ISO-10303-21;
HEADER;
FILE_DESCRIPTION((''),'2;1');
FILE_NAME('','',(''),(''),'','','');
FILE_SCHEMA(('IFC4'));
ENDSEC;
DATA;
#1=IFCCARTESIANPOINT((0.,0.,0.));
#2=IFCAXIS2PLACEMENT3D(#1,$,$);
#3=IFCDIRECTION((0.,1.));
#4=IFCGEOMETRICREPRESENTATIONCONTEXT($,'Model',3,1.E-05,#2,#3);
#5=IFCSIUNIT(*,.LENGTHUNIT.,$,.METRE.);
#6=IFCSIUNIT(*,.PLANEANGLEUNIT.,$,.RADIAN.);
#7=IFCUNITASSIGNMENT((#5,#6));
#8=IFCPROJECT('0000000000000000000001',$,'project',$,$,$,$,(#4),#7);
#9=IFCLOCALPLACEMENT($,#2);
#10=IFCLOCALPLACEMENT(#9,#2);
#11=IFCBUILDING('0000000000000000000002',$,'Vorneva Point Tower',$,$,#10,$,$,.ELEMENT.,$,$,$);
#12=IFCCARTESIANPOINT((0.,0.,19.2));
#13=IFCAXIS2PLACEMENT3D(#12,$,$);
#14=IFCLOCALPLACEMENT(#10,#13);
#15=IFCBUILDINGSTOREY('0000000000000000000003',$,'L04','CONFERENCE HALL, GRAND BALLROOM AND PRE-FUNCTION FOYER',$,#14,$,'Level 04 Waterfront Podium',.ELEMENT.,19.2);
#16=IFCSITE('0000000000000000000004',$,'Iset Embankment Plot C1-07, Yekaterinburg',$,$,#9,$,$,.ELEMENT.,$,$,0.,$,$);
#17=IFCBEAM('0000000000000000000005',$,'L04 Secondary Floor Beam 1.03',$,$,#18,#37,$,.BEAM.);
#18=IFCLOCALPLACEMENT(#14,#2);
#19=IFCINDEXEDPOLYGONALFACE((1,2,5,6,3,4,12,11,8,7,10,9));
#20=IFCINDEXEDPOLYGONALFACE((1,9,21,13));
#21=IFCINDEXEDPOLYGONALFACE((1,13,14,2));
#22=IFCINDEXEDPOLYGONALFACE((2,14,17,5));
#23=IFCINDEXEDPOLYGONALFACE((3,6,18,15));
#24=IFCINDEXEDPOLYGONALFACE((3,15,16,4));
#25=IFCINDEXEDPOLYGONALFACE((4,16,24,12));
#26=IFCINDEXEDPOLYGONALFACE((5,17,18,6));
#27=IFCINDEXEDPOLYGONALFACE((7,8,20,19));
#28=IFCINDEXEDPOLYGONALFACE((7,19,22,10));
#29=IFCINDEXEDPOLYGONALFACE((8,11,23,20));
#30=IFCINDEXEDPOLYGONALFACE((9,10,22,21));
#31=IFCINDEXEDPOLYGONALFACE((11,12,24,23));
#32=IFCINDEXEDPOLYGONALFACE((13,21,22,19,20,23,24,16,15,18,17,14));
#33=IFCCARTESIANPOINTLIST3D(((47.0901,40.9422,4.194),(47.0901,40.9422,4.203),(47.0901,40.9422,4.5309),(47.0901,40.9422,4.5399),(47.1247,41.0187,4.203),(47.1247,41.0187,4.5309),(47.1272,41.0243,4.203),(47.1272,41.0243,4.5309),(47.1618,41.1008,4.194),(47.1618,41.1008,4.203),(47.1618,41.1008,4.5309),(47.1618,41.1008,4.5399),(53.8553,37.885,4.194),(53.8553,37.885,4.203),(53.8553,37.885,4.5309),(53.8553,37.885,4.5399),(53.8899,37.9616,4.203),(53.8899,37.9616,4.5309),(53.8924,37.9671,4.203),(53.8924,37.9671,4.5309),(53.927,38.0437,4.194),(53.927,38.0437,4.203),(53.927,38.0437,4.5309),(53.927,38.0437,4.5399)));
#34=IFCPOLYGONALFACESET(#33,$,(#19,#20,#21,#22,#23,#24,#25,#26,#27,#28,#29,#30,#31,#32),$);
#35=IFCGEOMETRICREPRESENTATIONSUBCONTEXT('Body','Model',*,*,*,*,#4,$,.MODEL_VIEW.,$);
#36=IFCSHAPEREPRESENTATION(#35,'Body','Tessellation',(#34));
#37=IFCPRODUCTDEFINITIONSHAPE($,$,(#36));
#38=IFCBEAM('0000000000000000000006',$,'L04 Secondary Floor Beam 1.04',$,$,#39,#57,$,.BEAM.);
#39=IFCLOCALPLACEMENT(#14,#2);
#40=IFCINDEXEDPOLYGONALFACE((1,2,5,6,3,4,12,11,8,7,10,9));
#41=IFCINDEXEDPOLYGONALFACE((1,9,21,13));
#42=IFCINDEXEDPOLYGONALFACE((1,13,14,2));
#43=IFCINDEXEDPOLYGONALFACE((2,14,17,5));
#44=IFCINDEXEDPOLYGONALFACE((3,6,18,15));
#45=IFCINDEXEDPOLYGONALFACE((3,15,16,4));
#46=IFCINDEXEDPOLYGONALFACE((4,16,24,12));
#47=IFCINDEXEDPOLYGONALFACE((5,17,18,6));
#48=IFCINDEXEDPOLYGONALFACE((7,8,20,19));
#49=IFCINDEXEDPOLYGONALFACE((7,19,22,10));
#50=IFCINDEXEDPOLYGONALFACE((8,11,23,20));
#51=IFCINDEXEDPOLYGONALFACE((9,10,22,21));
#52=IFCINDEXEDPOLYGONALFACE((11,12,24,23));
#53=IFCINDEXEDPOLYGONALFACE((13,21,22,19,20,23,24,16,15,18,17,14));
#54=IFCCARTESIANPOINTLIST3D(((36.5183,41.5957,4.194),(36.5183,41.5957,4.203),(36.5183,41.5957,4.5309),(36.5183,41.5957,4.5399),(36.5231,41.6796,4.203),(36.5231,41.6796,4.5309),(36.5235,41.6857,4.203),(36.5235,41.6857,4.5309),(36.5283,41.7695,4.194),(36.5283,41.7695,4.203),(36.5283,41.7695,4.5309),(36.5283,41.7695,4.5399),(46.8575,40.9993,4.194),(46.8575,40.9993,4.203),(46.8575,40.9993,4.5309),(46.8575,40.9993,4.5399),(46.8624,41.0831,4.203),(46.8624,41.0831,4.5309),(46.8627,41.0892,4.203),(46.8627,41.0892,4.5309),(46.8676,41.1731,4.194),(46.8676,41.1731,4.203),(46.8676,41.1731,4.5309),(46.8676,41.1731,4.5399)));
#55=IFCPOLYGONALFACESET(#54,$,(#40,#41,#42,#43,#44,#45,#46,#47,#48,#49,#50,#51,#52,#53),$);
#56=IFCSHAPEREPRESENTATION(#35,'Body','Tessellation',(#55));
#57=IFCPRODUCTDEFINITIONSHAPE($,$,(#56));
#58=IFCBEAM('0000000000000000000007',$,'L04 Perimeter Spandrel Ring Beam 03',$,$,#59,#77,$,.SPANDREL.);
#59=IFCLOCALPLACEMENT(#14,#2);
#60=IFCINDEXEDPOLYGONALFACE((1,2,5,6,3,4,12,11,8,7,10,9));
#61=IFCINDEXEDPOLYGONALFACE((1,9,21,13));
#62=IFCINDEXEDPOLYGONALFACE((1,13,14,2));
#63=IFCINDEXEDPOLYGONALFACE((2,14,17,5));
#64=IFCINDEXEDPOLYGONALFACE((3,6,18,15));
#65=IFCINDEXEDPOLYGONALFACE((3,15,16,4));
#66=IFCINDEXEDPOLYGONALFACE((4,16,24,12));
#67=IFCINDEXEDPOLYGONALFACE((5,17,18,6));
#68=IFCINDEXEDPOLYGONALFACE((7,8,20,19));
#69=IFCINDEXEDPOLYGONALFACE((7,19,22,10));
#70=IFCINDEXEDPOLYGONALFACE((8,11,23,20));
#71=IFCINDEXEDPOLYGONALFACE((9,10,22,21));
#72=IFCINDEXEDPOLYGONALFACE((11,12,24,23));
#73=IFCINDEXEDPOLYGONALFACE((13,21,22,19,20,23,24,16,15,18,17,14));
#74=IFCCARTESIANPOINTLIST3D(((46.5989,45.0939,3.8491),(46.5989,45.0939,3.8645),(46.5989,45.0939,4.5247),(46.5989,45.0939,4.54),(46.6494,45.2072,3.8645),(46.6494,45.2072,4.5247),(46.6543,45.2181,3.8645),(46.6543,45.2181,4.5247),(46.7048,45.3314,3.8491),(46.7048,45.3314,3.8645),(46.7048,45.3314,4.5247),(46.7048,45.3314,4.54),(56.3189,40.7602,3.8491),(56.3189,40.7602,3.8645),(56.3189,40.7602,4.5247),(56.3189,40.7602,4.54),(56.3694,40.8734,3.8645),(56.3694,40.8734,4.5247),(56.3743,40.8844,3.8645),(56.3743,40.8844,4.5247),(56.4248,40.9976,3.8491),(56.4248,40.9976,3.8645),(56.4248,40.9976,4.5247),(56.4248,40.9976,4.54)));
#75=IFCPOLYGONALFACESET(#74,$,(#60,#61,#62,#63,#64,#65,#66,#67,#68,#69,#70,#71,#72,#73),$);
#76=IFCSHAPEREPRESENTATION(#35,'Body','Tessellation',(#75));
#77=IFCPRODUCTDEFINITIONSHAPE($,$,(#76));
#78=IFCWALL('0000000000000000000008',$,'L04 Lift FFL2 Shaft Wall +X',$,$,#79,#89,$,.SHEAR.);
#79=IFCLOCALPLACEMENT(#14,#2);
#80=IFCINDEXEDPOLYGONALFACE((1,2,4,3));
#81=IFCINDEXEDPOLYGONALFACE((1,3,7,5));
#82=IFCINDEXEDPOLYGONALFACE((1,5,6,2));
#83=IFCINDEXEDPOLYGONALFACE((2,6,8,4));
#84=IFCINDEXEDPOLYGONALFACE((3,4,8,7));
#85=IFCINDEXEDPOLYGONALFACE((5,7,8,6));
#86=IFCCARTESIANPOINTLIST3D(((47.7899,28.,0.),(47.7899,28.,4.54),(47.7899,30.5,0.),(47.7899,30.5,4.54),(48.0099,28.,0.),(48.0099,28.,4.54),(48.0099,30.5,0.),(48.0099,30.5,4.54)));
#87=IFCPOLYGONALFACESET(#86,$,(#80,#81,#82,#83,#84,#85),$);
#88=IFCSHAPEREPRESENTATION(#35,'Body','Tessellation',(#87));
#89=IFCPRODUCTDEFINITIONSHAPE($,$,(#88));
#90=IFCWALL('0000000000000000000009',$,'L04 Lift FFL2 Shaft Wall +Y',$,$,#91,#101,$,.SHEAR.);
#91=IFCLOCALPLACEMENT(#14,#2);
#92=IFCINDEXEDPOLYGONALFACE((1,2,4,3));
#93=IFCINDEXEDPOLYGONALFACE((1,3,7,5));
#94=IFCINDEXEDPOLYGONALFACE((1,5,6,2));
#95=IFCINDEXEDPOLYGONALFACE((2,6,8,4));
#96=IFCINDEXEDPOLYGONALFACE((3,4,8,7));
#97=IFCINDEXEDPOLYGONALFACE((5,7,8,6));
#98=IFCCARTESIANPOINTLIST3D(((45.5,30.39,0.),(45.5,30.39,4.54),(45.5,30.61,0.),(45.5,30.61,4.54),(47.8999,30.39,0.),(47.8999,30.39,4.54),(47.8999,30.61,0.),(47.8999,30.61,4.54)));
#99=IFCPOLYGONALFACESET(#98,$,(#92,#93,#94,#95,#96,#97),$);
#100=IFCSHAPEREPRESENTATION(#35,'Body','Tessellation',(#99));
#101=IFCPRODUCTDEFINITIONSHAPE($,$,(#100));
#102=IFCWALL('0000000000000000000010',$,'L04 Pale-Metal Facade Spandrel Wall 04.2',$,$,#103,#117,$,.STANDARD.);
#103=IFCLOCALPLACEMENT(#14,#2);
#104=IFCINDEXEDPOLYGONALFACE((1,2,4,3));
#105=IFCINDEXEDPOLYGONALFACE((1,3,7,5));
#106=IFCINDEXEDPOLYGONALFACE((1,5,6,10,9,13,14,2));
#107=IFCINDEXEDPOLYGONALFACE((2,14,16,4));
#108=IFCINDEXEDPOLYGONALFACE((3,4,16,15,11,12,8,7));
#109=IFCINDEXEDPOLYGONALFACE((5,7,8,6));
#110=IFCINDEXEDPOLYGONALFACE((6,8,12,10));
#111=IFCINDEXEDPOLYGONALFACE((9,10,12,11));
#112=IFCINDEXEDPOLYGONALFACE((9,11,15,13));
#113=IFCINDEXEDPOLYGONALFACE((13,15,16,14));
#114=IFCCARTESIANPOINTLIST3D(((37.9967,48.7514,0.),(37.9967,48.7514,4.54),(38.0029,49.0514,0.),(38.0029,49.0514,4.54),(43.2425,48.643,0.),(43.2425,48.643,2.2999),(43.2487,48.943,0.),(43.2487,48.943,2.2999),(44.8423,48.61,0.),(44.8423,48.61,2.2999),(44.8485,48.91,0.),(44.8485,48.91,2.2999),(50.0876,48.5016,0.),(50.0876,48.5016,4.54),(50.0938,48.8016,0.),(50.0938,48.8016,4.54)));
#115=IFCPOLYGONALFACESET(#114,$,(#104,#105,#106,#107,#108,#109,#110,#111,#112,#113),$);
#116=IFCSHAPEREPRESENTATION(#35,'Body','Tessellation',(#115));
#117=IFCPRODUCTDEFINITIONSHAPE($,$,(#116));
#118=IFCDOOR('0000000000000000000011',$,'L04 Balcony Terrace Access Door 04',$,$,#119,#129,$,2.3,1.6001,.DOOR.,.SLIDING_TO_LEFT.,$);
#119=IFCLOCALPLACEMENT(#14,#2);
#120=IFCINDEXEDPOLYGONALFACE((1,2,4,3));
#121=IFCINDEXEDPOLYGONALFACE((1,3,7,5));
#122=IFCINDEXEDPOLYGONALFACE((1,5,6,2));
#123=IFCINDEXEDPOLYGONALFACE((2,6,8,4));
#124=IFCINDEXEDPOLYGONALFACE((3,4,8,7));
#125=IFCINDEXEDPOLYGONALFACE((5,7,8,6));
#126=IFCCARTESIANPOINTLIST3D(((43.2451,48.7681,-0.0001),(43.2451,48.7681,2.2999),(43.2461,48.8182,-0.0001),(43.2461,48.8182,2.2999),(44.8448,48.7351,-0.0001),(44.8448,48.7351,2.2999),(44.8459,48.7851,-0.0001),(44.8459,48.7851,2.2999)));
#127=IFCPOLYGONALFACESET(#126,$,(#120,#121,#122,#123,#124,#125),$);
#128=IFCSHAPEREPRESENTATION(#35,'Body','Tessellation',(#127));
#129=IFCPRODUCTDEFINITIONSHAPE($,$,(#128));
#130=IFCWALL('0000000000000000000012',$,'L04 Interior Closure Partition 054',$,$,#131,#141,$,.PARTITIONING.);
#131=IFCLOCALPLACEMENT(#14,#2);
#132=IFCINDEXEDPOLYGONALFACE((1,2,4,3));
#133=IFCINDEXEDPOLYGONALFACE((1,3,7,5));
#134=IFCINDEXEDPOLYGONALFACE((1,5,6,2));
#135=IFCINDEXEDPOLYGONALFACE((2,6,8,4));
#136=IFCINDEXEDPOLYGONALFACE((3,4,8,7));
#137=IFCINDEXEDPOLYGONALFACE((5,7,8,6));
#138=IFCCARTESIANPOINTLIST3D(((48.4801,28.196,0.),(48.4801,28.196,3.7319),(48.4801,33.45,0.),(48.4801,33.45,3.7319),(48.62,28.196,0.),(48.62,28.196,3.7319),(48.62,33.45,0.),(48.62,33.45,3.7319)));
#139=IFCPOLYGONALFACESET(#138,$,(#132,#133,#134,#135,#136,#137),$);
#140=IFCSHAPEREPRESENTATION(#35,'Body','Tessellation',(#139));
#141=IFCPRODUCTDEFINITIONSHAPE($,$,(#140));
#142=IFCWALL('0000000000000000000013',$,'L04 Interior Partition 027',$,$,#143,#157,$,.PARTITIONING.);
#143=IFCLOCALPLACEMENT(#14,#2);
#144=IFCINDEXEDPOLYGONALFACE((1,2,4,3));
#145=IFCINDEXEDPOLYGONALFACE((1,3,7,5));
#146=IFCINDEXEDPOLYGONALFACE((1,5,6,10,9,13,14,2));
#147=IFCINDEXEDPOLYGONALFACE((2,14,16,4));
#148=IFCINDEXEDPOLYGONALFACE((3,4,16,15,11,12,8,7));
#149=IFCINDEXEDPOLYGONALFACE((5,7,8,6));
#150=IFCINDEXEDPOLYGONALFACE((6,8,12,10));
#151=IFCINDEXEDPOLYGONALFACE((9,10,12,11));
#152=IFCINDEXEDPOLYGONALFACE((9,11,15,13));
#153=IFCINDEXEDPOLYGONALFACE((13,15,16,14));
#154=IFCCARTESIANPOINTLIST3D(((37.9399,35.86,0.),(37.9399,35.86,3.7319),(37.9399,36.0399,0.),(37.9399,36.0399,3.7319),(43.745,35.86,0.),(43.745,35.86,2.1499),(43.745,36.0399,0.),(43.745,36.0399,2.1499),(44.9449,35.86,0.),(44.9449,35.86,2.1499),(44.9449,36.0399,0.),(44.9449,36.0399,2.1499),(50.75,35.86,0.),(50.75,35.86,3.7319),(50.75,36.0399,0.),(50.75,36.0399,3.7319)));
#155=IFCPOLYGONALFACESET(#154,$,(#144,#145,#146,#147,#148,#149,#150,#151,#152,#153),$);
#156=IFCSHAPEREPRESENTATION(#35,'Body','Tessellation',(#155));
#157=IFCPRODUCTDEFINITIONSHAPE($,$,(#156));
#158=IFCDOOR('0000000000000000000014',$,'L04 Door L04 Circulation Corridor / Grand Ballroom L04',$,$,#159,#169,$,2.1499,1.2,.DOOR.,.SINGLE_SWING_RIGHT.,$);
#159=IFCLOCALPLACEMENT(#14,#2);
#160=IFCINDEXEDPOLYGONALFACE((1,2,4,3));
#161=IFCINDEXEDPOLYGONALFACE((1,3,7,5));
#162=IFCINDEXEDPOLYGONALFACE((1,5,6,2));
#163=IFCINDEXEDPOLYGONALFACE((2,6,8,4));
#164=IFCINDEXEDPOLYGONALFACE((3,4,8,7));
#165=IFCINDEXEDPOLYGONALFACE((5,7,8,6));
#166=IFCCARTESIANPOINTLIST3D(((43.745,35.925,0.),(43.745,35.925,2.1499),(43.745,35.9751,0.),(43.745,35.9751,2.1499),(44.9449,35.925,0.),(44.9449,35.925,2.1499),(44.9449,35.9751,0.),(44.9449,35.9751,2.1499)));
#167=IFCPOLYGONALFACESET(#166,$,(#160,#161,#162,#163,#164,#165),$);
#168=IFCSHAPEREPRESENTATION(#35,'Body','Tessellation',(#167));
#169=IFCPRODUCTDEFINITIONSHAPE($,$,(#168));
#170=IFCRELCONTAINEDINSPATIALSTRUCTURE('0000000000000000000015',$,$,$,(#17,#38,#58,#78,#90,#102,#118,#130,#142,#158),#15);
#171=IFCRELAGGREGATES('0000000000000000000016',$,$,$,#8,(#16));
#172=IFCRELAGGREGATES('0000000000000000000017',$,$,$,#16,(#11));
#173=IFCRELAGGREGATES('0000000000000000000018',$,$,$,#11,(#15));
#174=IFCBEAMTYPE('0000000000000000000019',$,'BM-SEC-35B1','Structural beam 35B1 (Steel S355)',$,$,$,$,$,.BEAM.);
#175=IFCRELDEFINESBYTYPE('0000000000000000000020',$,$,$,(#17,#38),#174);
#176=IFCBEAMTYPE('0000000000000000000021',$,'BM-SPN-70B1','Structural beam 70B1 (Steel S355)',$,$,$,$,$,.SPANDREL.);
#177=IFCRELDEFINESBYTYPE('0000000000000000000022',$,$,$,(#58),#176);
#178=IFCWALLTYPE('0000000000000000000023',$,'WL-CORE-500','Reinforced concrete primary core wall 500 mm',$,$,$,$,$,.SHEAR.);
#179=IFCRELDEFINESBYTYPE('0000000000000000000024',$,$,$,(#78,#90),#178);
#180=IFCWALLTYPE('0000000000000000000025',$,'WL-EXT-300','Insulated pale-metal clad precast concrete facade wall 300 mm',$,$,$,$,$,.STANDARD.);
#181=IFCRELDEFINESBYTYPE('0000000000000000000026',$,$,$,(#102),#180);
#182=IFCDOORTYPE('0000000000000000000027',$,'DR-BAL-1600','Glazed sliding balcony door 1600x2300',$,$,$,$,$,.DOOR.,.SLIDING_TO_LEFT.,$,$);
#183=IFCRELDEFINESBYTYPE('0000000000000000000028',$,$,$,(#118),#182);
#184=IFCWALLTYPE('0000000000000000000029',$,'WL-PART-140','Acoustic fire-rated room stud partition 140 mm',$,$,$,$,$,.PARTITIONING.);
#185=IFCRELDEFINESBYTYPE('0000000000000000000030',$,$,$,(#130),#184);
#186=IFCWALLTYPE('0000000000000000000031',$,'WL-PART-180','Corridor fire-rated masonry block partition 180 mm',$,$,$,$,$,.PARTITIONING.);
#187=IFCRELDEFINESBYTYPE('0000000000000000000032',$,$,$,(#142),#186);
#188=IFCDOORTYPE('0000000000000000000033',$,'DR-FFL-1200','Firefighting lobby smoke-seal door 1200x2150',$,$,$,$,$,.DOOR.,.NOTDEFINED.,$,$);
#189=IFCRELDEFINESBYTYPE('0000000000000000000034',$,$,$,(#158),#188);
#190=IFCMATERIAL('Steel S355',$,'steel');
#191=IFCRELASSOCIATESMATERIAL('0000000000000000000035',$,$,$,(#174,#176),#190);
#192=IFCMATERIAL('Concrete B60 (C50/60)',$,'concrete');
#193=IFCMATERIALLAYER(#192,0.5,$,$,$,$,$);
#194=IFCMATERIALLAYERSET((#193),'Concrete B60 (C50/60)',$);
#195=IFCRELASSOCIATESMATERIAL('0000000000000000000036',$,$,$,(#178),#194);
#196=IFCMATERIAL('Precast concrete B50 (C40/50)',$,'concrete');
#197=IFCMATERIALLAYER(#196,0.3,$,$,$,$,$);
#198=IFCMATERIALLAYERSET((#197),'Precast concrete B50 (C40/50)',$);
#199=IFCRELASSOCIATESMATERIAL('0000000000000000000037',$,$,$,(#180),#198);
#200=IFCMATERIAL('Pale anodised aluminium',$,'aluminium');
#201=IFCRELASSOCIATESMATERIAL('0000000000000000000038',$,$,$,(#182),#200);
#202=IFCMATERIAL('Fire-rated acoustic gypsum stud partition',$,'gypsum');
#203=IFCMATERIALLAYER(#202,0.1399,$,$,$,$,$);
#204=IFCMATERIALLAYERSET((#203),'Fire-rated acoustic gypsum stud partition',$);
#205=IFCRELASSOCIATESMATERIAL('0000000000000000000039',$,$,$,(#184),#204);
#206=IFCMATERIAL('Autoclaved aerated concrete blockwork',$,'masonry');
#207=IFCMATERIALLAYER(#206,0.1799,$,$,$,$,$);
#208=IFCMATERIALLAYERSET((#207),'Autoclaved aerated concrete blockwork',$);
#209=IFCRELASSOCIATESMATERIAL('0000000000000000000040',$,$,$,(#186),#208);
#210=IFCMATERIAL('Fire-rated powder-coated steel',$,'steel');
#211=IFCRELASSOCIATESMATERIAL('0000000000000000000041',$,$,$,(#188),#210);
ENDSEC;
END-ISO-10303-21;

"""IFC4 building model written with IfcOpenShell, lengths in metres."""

from ifc_helpers import new_model, si_unit, direction, frame, frame_2d, origin, origin_2d, place, context, subcontext, project, spatial, rectangle, i_section, extrude, material, layer, layer_set, material_profile, profile_set, type_object, element, fill, save


model = new_model("IFC4")

# Units and contexts
model_context = context("Model", 3, precision=1e-05, world=origin(), true_north=direction((0.0, 1.0)))
body_context = subcontext(model_context, "Body", "Model", "MODEL_VIEW")
ifc_project = project(units=[si_unit("LENGTHUNIT", "METRE"), si_unit("PLANEANGLEUNIT", "RADIAN")], contexts=[model_context])

# Site, building, storey
site_placement = place(None, origin())
site = spatial("IfcSite", under=ifc_project, at=site_placement, Name="Iset Embankment Plot C1-07, Yekaterinburg", CompositionType="ELEMENT", RefElevation=0.0)
building_placement = place(site_placement, origin())
building = spatial("IfcBuilding", under=site, at=building_placement, Name="Vorneva Point Tower", CompositionType="ELEMENT")
storey_placement = place(building_placement, frame((0.0, 0.0, 19.2)))
storey = spatial("IfcBuildingStorey", under=building, at=storey_placement, Name="L04", Description="CONFERENCE HALL, GRAND BALLROOM AND PRE-FUNCTION FOYER", LongName="Level 04 Waterfront Podium", CompositionType="ELEMENT", Elevation=19.2)

# Shared definitions
ifc_material_1 = material(Name="Concrete B60 (C50/60)", Category="concrete")

# Beams
ifc_material_2 = material(Name="Steel S355", Category="steel")
ifc_material_profile_1 = material_profile(ifc_material_2, i_section(OverallWidth=0.1741, OverallDepth=0.3459, WebThickness=0.0061, FlangeThickness=0.009, at=origin_2d()), Name="35B1")
ifc_profile_set_1 = profile_set([ifc_material_profile_1], Name="Steel S355")
beam_type_1 = type_object("IfcBeamType", Name="BM-SEC-35B1", Description="Structural beam 35B1 (Steel S355)", PredefinedType="BEAM", material=ifc_profile_set_1)
beam_1_placement = place(storey_placement, frame((53.8911, 37.9644, 4.3669), z_axis=(-0.911274, 0.4118, 0.0), x_axis=(-0.4118, -0.911274, 0.0)))
element("IfcBeam", 1, at=beam_1_placement, inside=storey, type_object=beam_type_1, Name="L04 Secondary Floor Beam 1.03", PredefinedType="BEAM", context=body_context, shape_type="SweptSolid", body=[
    extrude(i_section(OverallWidth=0.1741, OverallDepth=0.3459, WebThickness=0.0061, FlangeThickness=0.009, at=origin_2d()), origin(), (0.0, 0.0, 1.0), 7.4238),
])
beam_2_placement = place(storey_placement, frame((46.8625, 41.0862, 4.3669), z_axis=(-0.99834, 0.05759, 0.0), x_axis=(-0.05759, -0.99834, 0.0)))
element("IfcBeam", 2, at=beam_2_placement, inside=storey, type_object=beam_type_1, Name="L04 Secondary Floor Beam 1.04", PredefinedType="BEAM", context=body_context, shape_type="SweptSolid", body=[
    extrude(i_section(OverallWidth=0.1741, OverallDepth=0.3459, WebThickness=0.0061, FlangeThickness=0.009, at=origin_2d()), origin(), (0.0, 0.0, 1.0), 10.3564),
])
ifc_material_profile_2 = material_profile(ifc_material_2, i_section(OverallWidth=0.26, OverallDepth=0.6909, WebThickness=0.012, FlangeThickness=0.0154, at=origin_2d()), Name="70B1")
ifc_profile_set_2 = profile_set([ifc_material_profile_2], Name="Steel S355")
beam_type_2 = type_object("IfcBeamType", Name="BM-SPN-70B1", Description="Structural beam 70B1 (Steel S355)", PredefinedType="SPANDREL", material=ifc_profile_set_2)
beam_3_placement = place(storey_placement, frame((56.3718, 40.8789, 4.1946), z_axis=(-0.913331, 0.407217, 0.0), x_axis=(-0.407217, -0.913331, 0.0)))
element("IfcBeam", 3, at=beam_3_placement, inside=storey, type_object=beam_type_2, Name="L04 Perimeter Spandrel Ring Beam 03", PredefinedType="SPANDREL", context=body_context, shape_type="SweptSolid", body=[
    extrude(i_section(OverallWidth=0.26, OverallDepth=0.6909, WebThickness=0.012, FlangeThickness=0.0154, at=origin_2d()), origin(), (0.0, 0.0, 1.0), 10.6423),
])

# Walls
ifc_layer_1 = layer(ifc_material_1, 0.5)
ifc_layer_set_1 = layer_set([ifc_layer_1], Name="Concrete B60 (C50/60)")
wall_type_1 = type_object("IfcWallType", Name="WL-CORE-500", Description="Reinforced concrete primary core wall 500 mm", PredefinedType="SHEAR", material=ifc_layer_set_1)
wall_1_placement = place(storey_placement, frame((47.8999, 28.0, 0.0), z_axis=(0.0, 0.0, 1.0), x_axis=(0.0, 1.0, 0.0)))
element("IfcWall", 4, at=wall_1_placement, inside=storey, type_object=wall_type_1, Name="L04 Lift FFL2 Shaft Wall +X", PredefinedType="SHEAR", context=body_context, shape_type="SweptSolid", body=[
    extrude(rectangle(XDim=2.5, YDim=0.22, at=frame_2d((1.25, 0.0))), origin(), (0.0, 0.0, 1.0), 4.54),
])
wall_2_placement = place(storey_placement, frame((47.8999, 30.5, 0.0), z_axis=(0.0, 0.0, 1.0), x_axis=(-1.0, 0.0, 0.0)))
element("IfcWall", 5, at=wall_2_placement, inside=storey, type_object=wall_type_1, Name="L04 Lift FFL2 Shaft Wall +Y", PredefinedType="SHEAR", context=body_context, shape_type="SweptSolid", body=[
    extrude(rectangle(XDim=2.3999, YDim=0.22, at=frame_2d((1.2, 0.0))), origin(), (0.0, 0.0, 1.0), 4.54),
])

# Wall, opening, door
ifc_material_3 = material(Name="Precast concrete B50 (C40/50)", Category="concrete")
ifc_layer_2 = layer(ifc_material_3, 0.3)
ifc_layer_set_2 = layer_set([ifc_layer_2], Name="Precast concrete B50 (C40/50)")
wall_type_2 = type_object("IfcWallType", Name="WL-EXT-300", Description="Insulated pale-metal clad precast concrete facade wall 300 mm", PredefinedType="STANDARD", material=ifc_layer_set_2)
wall_3_placement = place(storey_placement, frame((50.0908, 48.6516, 0.0), z_axis=(0.0, 0.0, 1.0), x_axis=(-0.999787, 0.020652, 0.0)))
wall_3 = element("IfcWall", 6, at=wall_3_placement, inside=storey, type_object=wall_type_2, Name="L04 Pale-Metal Facade Spandrel Wall 04.2", PredefinedType="STANDARD", context=body_context, shape_type="SweptSolid", body=[
    extrude(rectangle(XDim=12.0935, YDim=0.3, at=frame_2d((6.0469, 0.0))), origin(), (0.0, 0.0, 1.0), 4.54),
])
opening_1_placement = place(wall_3_placement, frame((5.2466, 0.0, 0.0)))
opening_1 = element("IfcOpeningElement", 7, at=opening_1_placement, cuts=wall_3, PredefinedType="OPENING", context=body_context, shape_type="SweptSolid", body=[
    extrude(rectangle(XDim=1.6001, YDim=2.3, at=frame_2d((0.8, 1.1499))), frame((0.0, 0.165, 0.0), z_axis=(0.0, -1.0, 0.0), x_axis=(1.0, 0.0, 0.0)), (0.0, 0.0, 1.0), 0.3298),
])
ifc_material_4 = material(Name="Pale anodised aluminium", Category="aluminium")
door_type_1 = type_object("IfcDoorType", Name="DR-BAL-1600", Description="Glazed sliding balcony door 1600x2300", OperationType="SLIDING_TO_LEFT", PredefinedType="DOOR", material=ifc_material_4)
door_1_placement = place(opening_1_placement, origin())
door_1 = element("IfcDoor", 8, at=door_1_placement, inside=storey, type_object=door_type_1, Name="L04 Balcony Terrace Access Door 04", OperationType="SLIDING_TO_LEFT", OverallHeight=2.3, OverallWidth=1.6001, PredefinedType="DOOR", context=body_context, shape_type="SweptSolid", body=[
    extrude(rectangle(XDim=1.6001, YDim=2.3, at=frame_2d((0.8, 1.1499))), frame((0.0, 0.0249, 0.0), z_axis=(0.0, -1.0, 0.0), x_axis=(1.0, 0.0, 0.0)), (0.0, 0.0, 1.0), 0.05),
])
fill(opening_1, door_1)

# Wall
ifc_material_5 = material(Name="Fire-rated acoustic gypsum stud partition", Category="gypsum")
ifc_layer_3 = layer(ifc_material_5, 0.1399)
ifc_layer_set_3 = layer_set([ifc_layer_3], Name="Fire-rated acoustic gypsum stud partition")
wall_type_3 = type_object("IfcWallType", Name="WL-PART-140", Description="Acoustic fire-rated room stud partition 140 mm", PredefinedType="PARTITIONING", material=ifc_layer_set_3)
wall_4_placement = place(storey_placement, frame((48.55, 33.45, 0.0), z_axis=(0.0, 0.0, 1.0), x_axis=(0.0, -1.0, 0.0)))
element("IfcWall", 9, at=wall_4_placement, inside=storey, type_object=wall_type_3, Name="L04 Interior Closure Partition 054", PredefinedType="PARTITIONING", context=body_context, shape_type="SweptSolid", body=[
    extrude(rectangle(XDim=5.2539, YDim=0.1399, at=frame_2d((2.627, 0.0))), origin(), (0.0, 0.0, 1.0), 3.7319),
])

# Wall, opening, door
ifc_material_6 = material(Name="Autoclaved aerated concrete blockwork", Category="masonry")
ifc_layer_4 = layer(ifc_material_6, 0.1799)
ifc_layer_set_4 = layer_set([ifc_layer_4], Name="Autoclaved aerated concrete blockwork")
wall_type_4 = type_object("IfcWallType", Name="WL-PART-180", Description="Corridor fire-rated masonry block partition 180 mm", PredefinedType="PARTITIONING", material=ifc_layer_set_4)
wall_5_placement = place(storey_placement, frame((50.75, 35.95, 0.0), z_axis=(0.0, 0.0, 1.0), x_axis=(-1.0, 0.0, 0.0)))
wall_5 = element("IfcWall", 10, at=wall_5_placement, inside=storey, type_object=wall_type_4, Name="L04 Interior Partition 027", PredefinedType="PARTITIONING", context=body_context, shape_type="SweptSolid", body=[
    extrude(rectangle(XDim=12.8101, YDim=0.1799, at=frame_2d((6.405, 0.0))), origin(), (0.0, 0.0, 1.0), 3.7319),
])
opening_2_placement = place(wall_5_placement, frame((5.8049, 0.0, 0.0)))
opening_2 = element("IfcOpeningElement", 11, at=opening_2_placement, cuts=wall_5, PredefinedType="OPENING", context=body_context, shape_type="SweptSolid", body=[
    extrude(rectangle(XDim=1.2, YDim=2.1499, at=frame_2d((0.6001, 1.075))), frame((0.0, 0.105, 0.0), z_axis=(0.0, -1.0, 0.0), x_axis=(1.0, 0.0, 0.0)), (0.0, 0.0, 1.0), 0.2097),
])
ifc_material_7 = material(Name="Fire-rated powder-coated steel", Category="steel")
door_type_2 = type_object("IfcDoorType", Name="DR-FFL-1200", Description="Firefighting lobby smoke-seal door 1200x2150", OperationType="NOTDEFINED", PredefinedType="DOOR", material=ifc_material_7)
door_2_placement = place(opening_2_placement, origin())
door_2 = element("IfcDoor", 12, at=door_2_placement, inside=storey, type_object=door_type_2, Name="L04 Door L04 Circulation Corridor / Grand Ballroom L04", OperationType="SINGLE_SWING_RIGHT", OverallHeight=2.1499, OverallWidth=1.2, PredefinedType="DOOR", context=body_context, shape_type="SweptSolid", body=[
    extrude(rectangle(XDim=1.2, YDim=2.1499, at=frame_2d((0.6001, 1.075))), frame((0.0, 0.0249, 0.0), z_axis=(0.0, -1.0, 0.0), x_axis=(1.0, 0.0, 0.0)), (0.0, 0.0, 1.0), 0.05),
])
fill(opening_2, door_2)

save(model, "model.ifc")
